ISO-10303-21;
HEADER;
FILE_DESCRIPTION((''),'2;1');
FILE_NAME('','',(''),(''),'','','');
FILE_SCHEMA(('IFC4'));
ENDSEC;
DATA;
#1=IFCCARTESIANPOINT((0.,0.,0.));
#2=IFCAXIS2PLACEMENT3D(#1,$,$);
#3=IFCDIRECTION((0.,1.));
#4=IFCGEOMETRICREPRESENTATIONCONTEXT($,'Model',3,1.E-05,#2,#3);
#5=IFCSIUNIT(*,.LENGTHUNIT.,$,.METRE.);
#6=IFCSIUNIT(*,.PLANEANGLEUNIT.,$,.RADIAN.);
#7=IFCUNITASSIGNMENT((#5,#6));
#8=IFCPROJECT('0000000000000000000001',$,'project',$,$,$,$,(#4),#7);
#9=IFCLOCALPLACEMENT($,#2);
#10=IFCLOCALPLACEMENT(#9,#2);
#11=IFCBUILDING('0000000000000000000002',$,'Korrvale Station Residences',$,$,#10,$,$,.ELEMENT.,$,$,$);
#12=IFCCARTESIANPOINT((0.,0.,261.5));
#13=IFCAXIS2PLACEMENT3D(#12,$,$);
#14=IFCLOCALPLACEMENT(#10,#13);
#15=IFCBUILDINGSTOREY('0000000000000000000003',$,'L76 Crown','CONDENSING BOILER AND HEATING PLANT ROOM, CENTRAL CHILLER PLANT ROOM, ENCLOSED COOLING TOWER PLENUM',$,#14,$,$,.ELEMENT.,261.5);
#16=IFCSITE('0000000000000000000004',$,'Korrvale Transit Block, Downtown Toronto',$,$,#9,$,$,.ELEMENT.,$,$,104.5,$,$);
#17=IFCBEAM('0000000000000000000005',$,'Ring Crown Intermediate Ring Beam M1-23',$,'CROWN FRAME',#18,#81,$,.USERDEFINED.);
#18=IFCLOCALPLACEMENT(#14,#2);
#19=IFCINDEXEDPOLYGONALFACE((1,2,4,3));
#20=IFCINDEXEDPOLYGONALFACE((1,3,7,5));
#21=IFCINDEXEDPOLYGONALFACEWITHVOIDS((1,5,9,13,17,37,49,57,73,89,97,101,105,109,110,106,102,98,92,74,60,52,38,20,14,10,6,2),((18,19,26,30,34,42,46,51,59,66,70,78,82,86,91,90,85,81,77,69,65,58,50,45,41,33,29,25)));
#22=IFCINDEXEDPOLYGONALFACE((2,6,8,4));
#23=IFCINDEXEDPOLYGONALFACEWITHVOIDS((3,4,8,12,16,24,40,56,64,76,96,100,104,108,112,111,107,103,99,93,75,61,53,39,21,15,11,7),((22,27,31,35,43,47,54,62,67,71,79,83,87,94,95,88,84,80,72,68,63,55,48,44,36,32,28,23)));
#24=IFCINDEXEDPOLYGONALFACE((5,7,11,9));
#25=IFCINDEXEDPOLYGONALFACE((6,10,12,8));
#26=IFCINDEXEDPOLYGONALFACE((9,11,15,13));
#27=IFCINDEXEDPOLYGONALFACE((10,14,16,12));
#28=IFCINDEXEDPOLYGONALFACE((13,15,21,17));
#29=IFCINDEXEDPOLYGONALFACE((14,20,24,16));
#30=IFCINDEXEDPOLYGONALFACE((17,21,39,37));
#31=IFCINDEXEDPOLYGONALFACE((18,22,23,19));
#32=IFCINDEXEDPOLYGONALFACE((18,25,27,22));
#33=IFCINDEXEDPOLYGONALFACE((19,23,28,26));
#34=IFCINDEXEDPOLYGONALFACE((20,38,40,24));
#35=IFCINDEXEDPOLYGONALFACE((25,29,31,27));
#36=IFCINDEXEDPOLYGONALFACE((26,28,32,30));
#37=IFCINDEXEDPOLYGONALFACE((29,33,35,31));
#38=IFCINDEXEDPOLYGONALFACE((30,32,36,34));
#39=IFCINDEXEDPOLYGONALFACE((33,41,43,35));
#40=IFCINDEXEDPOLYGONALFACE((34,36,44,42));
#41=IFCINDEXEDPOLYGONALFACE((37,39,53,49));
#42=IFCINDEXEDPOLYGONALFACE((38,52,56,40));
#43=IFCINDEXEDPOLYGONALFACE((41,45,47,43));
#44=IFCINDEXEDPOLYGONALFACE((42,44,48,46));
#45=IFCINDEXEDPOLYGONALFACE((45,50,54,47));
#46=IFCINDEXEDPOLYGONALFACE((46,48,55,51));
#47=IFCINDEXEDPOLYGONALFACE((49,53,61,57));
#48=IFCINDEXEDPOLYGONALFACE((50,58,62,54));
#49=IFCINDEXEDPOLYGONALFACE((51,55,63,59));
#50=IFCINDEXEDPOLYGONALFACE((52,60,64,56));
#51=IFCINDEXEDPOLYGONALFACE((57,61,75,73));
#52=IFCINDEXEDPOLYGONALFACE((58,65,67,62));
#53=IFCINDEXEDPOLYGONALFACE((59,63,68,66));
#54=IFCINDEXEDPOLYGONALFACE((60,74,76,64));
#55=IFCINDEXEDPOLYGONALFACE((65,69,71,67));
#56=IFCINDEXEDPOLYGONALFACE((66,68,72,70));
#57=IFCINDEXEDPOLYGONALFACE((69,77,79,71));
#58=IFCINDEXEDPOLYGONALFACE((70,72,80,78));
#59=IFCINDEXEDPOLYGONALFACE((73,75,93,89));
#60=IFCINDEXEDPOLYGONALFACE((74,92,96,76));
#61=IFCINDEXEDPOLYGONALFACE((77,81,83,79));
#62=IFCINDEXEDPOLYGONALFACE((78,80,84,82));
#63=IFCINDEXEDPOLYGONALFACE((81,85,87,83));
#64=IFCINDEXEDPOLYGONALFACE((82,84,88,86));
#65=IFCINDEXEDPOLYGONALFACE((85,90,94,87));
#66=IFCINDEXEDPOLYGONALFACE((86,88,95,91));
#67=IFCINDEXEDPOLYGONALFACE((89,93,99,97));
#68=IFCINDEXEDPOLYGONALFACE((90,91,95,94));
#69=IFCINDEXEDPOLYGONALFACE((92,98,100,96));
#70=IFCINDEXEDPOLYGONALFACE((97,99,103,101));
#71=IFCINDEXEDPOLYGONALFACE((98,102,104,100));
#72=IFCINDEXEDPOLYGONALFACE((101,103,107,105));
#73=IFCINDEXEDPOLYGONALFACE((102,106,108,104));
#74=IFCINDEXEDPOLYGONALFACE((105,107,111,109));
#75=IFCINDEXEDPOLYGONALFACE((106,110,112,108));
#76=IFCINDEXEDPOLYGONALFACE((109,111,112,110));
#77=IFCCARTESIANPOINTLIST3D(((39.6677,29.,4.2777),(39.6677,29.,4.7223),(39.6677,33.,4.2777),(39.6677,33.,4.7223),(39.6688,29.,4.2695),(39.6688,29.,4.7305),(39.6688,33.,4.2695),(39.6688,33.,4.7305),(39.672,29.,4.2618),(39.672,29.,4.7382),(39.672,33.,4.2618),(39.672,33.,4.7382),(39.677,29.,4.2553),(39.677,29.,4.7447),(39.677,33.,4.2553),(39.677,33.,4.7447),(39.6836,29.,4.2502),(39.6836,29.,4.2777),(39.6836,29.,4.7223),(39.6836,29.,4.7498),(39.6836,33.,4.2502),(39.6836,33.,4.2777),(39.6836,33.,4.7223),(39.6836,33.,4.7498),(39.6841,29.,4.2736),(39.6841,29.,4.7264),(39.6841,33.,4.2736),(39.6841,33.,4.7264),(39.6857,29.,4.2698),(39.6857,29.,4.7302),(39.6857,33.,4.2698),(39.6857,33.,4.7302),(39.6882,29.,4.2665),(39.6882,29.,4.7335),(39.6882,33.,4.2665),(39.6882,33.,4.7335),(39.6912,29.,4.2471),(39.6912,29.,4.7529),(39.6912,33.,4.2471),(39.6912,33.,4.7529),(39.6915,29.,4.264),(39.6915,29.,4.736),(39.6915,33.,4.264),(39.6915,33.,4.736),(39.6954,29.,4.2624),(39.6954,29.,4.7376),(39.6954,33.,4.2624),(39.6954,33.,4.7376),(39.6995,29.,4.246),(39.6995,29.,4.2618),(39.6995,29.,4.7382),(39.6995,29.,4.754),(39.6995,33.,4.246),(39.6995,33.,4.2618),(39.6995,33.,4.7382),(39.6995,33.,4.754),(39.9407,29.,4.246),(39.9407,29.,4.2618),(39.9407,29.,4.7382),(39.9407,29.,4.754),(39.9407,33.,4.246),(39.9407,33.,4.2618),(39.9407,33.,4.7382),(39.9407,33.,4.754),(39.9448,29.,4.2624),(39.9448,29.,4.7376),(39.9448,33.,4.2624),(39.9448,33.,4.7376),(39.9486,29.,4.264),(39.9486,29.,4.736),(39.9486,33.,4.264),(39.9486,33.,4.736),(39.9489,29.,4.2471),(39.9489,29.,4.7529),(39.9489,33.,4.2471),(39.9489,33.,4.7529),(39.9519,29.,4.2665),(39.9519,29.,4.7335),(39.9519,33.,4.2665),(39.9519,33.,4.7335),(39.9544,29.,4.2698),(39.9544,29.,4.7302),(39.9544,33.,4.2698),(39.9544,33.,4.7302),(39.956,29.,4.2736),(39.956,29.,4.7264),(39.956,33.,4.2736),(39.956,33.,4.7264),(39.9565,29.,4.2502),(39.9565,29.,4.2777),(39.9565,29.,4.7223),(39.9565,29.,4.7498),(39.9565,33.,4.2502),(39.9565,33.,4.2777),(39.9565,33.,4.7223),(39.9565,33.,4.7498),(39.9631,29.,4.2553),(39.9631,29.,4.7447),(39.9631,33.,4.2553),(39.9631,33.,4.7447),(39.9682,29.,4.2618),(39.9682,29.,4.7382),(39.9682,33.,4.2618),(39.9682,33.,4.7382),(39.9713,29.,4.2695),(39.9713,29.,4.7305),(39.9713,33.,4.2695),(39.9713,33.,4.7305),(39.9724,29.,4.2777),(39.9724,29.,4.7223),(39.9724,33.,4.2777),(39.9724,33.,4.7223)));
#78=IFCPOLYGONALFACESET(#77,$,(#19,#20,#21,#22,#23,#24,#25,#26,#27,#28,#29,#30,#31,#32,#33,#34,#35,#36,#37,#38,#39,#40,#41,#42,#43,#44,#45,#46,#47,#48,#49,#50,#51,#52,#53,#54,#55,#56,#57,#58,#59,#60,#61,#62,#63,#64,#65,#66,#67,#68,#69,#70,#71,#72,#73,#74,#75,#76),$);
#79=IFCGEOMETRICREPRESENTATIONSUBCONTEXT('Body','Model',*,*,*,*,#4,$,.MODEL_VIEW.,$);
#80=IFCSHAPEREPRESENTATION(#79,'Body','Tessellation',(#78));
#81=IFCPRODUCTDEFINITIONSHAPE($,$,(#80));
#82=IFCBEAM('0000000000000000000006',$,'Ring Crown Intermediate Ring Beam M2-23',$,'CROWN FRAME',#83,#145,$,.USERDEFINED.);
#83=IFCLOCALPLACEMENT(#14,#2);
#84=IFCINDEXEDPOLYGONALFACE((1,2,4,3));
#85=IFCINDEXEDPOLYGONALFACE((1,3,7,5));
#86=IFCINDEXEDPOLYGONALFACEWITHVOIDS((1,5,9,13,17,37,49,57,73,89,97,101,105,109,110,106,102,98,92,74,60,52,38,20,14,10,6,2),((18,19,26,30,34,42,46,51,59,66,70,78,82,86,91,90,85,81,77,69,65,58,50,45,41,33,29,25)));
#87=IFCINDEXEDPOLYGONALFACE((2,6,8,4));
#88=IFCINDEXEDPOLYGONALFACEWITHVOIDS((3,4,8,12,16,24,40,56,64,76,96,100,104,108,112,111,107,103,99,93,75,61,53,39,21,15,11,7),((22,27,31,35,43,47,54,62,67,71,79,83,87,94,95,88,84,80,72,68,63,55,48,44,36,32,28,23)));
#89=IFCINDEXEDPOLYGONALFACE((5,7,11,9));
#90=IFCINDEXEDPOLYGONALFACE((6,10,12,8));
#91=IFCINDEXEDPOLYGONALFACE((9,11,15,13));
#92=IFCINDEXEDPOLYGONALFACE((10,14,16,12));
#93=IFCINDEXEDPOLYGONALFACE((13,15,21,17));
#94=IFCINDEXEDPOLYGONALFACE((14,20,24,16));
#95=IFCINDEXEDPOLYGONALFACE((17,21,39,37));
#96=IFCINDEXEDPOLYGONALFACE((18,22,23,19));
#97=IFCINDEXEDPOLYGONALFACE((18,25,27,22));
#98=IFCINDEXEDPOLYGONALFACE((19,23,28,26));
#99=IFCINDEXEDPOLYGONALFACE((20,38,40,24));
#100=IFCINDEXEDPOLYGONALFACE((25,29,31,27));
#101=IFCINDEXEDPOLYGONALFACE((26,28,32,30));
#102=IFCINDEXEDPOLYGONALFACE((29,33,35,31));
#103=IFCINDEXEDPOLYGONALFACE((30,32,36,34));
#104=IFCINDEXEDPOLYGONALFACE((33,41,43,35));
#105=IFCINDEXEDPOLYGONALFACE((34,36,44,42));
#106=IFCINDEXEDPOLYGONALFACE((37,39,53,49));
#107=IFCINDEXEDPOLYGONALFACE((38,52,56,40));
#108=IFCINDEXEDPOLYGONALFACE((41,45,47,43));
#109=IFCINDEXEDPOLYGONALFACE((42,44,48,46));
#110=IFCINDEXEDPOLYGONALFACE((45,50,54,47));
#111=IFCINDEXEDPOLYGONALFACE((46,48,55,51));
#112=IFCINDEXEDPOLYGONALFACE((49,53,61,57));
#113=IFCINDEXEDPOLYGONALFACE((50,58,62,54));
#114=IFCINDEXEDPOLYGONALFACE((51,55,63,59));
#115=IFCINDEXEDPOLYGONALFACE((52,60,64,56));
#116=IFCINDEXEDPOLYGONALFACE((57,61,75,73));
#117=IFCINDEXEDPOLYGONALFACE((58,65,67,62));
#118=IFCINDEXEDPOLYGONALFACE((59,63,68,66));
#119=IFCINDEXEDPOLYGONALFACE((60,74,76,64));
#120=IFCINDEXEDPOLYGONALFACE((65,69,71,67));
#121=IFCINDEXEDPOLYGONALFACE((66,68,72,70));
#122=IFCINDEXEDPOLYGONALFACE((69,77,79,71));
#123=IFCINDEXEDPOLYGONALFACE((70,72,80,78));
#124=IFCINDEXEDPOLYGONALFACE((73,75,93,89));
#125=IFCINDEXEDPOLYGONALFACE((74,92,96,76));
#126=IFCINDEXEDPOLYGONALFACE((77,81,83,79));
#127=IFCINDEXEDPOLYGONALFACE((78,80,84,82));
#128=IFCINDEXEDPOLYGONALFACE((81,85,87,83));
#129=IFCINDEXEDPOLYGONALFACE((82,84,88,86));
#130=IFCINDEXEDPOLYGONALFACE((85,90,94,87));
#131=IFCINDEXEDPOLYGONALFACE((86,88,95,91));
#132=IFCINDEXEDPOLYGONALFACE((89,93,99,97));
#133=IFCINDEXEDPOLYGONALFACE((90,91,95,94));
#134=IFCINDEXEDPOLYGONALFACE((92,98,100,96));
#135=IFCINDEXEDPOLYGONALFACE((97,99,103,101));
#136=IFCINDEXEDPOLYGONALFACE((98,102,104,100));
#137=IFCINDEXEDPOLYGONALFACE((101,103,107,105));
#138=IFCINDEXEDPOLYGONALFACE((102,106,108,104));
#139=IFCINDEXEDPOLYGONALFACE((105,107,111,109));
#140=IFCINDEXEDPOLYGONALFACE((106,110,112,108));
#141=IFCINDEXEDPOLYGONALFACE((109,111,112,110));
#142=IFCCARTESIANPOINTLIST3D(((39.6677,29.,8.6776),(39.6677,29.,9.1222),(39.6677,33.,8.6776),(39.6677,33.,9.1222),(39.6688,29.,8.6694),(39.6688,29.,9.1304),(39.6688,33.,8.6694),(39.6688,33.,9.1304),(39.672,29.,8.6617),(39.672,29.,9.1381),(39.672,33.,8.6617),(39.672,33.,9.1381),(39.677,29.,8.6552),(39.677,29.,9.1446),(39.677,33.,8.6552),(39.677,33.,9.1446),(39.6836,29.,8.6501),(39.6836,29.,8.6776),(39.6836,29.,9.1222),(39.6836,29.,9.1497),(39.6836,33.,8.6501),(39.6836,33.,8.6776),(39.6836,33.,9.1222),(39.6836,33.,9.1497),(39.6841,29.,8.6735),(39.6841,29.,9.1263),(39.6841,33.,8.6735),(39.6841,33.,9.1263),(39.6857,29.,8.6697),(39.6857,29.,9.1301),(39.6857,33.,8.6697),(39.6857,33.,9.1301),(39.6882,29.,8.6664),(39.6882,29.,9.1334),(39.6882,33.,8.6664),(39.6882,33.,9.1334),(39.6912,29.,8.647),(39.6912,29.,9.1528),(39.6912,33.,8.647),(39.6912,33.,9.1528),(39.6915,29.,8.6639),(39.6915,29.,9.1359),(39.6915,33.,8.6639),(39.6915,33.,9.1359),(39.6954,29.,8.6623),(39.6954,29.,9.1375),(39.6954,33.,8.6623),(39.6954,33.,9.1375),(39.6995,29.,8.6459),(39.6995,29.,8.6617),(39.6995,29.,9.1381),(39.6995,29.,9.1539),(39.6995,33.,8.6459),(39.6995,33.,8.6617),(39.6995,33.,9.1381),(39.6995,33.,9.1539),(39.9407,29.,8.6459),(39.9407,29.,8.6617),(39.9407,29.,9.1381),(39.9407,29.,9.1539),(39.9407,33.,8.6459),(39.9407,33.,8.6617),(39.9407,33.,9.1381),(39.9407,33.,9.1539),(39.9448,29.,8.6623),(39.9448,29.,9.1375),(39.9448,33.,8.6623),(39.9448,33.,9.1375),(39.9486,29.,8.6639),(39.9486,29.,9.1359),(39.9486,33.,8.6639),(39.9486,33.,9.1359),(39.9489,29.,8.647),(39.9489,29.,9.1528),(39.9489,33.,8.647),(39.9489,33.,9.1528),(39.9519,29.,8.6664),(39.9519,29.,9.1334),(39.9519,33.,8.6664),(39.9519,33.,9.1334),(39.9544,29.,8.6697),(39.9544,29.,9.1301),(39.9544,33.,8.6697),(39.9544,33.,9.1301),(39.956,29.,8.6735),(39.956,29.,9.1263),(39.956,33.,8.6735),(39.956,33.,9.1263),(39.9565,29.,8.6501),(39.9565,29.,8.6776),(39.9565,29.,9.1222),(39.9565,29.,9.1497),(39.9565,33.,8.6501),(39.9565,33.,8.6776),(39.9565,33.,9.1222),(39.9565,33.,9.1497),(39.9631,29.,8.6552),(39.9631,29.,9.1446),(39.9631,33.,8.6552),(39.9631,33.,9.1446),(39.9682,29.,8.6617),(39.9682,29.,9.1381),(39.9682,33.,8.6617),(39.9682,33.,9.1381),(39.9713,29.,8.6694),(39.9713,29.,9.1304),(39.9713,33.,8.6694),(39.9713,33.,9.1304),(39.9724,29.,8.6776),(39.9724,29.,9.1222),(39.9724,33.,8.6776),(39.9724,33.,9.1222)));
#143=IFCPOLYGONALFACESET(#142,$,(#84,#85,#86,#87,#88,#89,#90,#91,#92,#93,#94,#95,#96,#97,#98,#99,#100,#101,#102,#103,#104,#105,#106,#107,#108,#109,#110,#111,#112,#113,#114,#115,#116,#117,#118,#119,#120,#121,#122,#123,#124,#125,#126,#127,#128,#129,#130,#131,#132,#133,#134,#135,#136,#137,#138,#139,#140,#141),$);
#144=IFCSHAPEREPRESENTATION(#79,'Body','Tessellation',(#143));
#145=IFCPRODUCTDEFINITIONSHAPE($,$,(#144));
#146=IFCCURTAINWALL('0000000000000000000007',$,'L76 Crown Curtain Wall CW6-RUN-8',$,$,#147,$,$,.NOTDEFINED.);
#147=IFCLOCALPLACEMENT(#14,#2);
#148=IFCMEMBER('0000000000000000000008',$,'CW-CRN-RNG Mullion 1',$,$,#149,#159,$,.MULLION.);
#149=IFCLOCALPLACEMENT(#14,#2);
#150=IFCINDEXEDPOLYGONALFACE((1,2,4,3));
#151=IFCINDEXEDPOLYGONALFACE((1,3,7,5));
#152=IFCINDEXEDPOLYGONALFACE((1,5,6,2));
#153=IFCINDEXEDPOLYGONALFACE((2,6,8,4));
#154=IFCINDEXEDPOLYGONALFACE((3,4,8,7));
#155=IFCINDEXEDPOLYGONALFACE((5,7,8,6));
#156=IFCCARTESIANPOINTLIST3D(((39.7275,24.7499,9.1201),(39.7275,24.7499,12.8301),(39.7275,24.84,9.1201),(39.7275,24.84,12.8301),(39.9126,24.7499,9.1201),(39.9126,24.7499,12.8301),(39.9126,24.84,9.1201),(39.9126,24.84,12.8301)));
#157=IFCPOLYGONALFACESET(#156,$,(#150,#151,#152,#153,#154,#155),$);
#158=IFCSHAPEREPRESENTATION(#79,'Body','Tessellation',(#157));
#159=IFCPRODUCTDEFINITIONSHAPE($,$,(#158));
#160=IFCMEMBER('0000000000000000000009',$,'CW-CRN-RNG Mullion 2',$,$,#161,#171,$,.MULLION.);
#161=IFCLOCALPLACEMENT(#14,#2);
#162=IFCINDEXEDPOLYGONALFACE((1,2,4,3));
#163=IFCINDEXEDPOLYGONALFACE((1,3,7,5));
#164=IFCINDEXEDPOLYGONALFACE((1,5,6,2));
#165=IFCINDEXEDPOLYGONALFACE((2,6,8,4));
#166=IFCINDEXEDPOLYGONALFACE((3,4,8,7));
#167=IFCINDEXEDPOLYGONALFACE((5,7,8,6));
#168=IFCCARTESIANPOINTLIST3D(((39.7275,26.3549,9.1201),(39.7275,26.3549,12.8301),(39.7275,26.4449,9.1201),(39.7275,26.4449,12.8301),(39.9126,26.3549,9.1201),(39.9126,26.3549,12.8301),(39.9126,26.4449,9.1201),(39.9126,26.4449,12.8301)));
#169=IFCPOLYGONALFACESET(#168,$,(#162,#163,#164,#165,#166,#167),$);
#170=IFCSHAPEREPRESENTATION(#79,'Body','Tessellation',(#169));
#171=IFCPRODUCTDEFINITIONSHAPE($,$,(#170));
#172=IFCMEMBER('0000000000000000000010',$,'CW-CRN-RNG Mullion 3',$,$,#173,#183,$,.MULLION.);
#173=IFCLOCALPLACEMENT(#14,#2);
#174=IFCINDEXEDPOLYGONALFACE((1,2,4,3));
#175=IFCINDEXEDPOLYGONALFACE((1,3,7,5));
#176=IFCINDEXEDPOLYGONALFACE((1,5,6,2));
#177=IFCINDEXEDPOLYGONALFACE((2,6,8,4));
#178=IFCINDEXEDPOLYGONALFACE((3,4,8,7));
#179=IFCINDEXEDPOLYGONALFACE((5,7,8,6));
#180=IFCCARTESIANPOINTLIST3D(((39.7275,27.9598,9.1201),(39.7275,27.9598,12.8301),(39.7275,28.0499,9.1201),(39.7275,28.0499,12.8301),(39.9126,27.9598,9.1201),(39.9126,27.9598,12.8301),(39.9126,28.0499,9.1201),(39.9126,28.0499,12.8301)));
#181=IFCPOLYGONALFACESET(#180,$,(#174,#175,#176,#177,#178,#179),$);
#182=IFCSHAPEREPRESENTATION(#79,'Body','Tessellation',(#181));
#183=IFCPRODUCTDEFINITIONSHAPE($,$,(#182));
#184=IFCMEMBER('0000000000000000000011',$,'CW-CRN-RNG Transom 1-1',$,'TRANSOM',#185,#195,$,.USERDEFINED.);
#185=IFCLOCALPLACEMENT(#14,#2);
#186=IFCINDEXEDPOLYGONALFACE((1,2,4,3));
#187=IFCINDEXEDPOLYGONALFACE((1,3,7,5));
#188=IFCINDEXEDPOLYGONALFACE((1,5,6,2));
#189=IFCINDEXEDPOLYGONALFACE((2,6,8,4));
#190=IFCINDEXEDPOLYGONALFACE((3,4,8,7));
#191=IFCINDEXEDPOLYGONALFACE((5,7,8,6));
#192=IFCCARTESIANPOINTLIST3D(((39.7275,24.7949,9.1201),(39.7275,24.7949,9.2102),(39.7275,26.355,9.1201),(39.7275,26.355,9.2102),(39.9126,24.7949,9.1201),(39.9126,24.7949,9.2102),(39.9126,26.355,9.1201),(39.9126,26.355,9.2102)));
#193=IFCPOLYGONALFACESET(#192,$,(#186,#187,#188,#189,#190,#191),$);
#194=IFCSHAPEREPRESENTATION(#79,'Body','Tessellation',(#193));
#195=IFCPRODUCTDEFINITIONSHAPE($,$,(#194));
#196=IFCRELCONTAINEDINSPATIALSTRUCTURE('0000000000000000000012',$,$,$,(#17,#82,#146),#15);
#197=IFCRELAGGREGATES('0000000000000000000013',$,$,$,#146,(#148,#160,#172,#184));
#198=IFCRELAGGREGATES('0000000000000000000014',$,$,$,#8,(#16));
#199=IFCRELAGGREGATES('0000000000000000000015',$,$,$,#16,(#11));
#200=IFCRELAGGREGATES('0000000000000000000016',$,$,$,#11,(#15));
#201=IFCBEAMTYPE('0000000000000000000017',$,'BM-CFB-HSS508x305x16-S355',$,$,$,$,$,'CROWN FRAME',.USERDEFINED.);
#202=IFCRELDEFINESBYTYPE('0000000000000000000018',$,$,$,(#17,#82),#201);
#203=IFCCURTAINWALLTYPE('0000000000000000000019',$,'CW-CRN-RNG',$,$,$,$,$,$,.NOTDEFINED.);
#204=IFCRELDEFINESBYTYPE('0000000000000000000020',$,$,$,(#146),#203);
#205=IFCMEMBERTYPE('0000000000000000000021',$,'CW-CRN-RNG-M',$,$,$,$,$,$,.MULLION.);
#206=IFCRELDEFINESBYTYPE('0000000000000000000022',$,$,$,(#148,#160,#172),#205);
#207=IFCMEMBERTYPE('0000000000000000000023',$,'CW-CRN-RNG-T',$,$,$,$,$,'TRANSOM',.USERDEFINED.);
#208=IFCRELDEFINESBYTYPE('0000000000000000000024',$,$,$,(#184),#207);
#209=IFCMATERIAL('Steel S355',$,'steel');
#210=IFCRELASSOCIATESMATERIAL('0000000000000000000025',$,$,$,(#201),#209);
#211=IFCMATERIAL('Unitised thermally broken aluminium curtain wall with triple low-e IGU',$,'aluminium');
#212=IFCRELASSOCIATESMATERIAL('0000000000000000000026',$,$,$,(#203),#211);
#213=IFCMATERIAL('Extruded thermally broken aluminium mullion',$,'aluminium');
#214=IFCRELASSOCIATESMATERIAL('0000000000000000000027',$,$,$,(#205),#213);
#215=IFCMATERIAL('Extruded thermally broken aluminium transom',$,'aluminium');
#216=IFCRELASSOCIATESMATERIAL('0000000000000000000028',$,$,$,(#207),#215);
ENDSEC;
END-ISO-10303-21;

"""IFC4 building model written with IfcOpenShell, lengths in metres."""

from ifc_helpers import new_model, si_unit, direction, frame, origin, origin_2d, place, context, subcontext, project, spatial, rectangle, hollow_rectangle, extrude, material, material_profile, profile_set, type_object, element, aggregate, save


model = new_model("IFC4")

# Units and contexts
model_context = context("Model", 3, precision=1e-05, world=origin(), true_north=direction((0.0, 1.0)))
body_context = subcontext(model_context, "Body", "Model", "MODEL_VIEW")
ifc_project = project(units=[si_unit("LENGTHUNIT", "METRE"), si_unit("PLANEANGLEUNIT", "RADIAN")], contexts=[model_context])

# Site, building, storey
site_placement = place(None, origin())
site = spatial("IfcSite", under=ifc_project, at=site_placement, Name="Korrvale Transit Block, Downtown Toronto", CompositionType="ELEMENT", RefElevation=104.5)
building_placement = place(site_placement, origin())
building = spatial("IfcBuilding", under=site, at=building_placement, Name="Korrvale Station Residences", CompositionType="ELEMENT")
storey_placement = place(building_placement, frame((0.0, 0.0, 261.5)))
storey = spatial("IfcBuildingStorey", under=building, at=storey_placement, Name="L76 Crown", Description="CONDENSING BOILER AND HEATING PLANT ROOM, CENTRAL CHILLER PLANT ROOM, ENCLOSED COOLING TOWER PLENUM", CompositionType="ELEMENT", Elevation=261.5)

# Shared definitions
ifc_material_1 = material(Name="Steel S355", Category="steel")

# Beams
ifc_material_profile_1 = material_profile(ifc_material_1, hollow_rectangle(XDim=0.3047, YDim=0.5081, WallThickness=0.0159, InnerFilletRadius=0.0159, OuterFilletRadius=0.0317, at=origin_2d()), Name="HSS508x305x16")
ifc_profile_set_1 = profile_set([ifc_material_profile_1], Name="Steel S355")
beam_type = type_object("IfcBeamType", Name="BM-CFB-HSS508x305x16-S355", ElementType="CROWN FRAME", PredefinedType="USERDEFINED", material=ifc_profile_set_1)
for number, where, z_axis, x_axis, name in (
    (1, (39.8201, 29.0, 4.5), (0.0, 1.0, 0.0), (-1.0, 0.0, 0.0), "Ring Crown Intermediate Ring Beam M1-23"),
    (2, (39.8201, 29.0, 8.8999), (0.0, 1.0, 0.0), (-1.0, 0.0, 0.0), "Ring Crown Intermediate Ring Beam M2-23"),
):
    element("IfcBeam", number, at=place(storey_placement, frame(where, z_axis=z_axis, x_axis=x_axis)), inside=storey, type_object=beam_type, Name=name, ObjectType="CROWN FRAME", PredefinedType="USERDEFINED", context=body_context, shape_type="SweptSolid", body=[
        extrude(hollow_rectangle(XDim=0.3047, YDim=0.5081, WallThickness=0.0159, InnerFilletRadius=0.0159, OuterFilletRadius=0.0317, at=origin_2d()), origin(), (0.0, 0.0, 1.0), 4.0),
    ])

# Curtain wall, members
ifc_material_2 = material(Name="Unitised thermally broken aluminium curtain wall with triple low-e IGU", Category="aluminium")
curtain_wall_type = type_object("IfcCurtainWallType", Name="CW-CRN-RNG", PredefinedType="NOTDEFINED", material=ifc_material_2)
curtain_wall_placement = place(storey_placement, origin())
curtain_wall = element("IfcCurtainWall", 3, at=curtain_wall_placement, inside=storey, type_object=curtain_wall_type, Name="L76 Crown Curtain Wall CW6-RUN-8", PredefinedType="NOTDEFINED")
ifc_material_3 = material(Name="Extruded thermally broken aluminium mullion", Category="aluminium")
member_type_1 = type_object("IfcMemberType", Name="CW-CRN-RNG-M", PredefinedType="MULLION", material=ifc_material_3)
member_1_placement = place(storey_placement, frame((39.8201, 24.7949, 9.1201), z_axis=(0.0, 0.0, 1.0), x_axis=(0.0, 1.0, 0.0)))
member_1 = element("IfcMember", 4, at=member_1_placement, type_object=member_type_1, Name="CW-CRN-RNG Mullion 1", PredefinedType="MULLION", context=body_context, shape_type="SweptSolid", body=[
    extrude(rectangle(XDim=0.0901, YDim=0.1851, at=origin_2d()), origin(), (0.0, 0.0, 1.0), 3.71),
])
member_2_placement = place(storey_placement, frame((39.8201, 26.3999, 9.1201), z_axis=(0.0, 0.0, 1.0), x_axis=(0.0, 1.0, 0.0)))
member_2 = element("IfcMember", 5, at=member_2_placement, type_object=member_type_1, Name="CW-CRN-RNG Mullion 2", PredefinedType="MULLION", context=body_context, shape_type="SweptSolid", body=[
    extrude(rectangle(XDim=0.0901, YDim=0.1851, at=origin_2d()), origin(), (0.0, 0.0, 1.0), 3.71),
])
member_3_placement = place(storey_placement, frame((39.8201, 28.0049, 9.1201), z_axis=(0.0, 0.0, 1.0), x_axis=(0.0, 1.0, 0.0)))
member_3 = element("IfcMember", 6, at=member_3_placement, type_object=member_type_1, Name="CW-CRN-RNG Mullion 3", PredefinedType="MULLION", context=body_context, shape_type="SweptSolid", body=[
    extrude(rectangle(XDim=0.0901, YDim=0.1851, at=origin_2d()), origin(), (0.0, 0.0, 1.0), 3.71),
])
ifc_material_4 = material(Name="Extruded thermally broken aluminium transom", Category="aluminium")
member_type_2 = type_object("IfcMemberType", Name="CW-CRN-RNG-T", ElementType="TRANSOM", PredefinedType="USERDEFINED", material=ifc_material_4)
member_4_placement = place(storey_placement, frame((39.8201, 25.575, 9.1201), z_axis=(0.0, 0.0, 1.0), x_axis=(0.0, 1.0, 0.0)))
member_4 = element("IfcMember", 7, at=member_4_placement, type_object=member_type_2, Name="CW-CRN-RNG Transom 1-1", ObjectType="TRANSOM", PredefinedType="USERDEFINED", context=body_context, shape_type="SweptSolid", body=[
    extrude(rectangle(XDim=1.5601, YDim=0.1851, at=origin_2d()), origin(), (0.0, 0.0, 1.0), 0.0901),
])
aggregate(curtain_wall, [member_1, member_2, member_3, member_4])

save(model, "model.ifc")
